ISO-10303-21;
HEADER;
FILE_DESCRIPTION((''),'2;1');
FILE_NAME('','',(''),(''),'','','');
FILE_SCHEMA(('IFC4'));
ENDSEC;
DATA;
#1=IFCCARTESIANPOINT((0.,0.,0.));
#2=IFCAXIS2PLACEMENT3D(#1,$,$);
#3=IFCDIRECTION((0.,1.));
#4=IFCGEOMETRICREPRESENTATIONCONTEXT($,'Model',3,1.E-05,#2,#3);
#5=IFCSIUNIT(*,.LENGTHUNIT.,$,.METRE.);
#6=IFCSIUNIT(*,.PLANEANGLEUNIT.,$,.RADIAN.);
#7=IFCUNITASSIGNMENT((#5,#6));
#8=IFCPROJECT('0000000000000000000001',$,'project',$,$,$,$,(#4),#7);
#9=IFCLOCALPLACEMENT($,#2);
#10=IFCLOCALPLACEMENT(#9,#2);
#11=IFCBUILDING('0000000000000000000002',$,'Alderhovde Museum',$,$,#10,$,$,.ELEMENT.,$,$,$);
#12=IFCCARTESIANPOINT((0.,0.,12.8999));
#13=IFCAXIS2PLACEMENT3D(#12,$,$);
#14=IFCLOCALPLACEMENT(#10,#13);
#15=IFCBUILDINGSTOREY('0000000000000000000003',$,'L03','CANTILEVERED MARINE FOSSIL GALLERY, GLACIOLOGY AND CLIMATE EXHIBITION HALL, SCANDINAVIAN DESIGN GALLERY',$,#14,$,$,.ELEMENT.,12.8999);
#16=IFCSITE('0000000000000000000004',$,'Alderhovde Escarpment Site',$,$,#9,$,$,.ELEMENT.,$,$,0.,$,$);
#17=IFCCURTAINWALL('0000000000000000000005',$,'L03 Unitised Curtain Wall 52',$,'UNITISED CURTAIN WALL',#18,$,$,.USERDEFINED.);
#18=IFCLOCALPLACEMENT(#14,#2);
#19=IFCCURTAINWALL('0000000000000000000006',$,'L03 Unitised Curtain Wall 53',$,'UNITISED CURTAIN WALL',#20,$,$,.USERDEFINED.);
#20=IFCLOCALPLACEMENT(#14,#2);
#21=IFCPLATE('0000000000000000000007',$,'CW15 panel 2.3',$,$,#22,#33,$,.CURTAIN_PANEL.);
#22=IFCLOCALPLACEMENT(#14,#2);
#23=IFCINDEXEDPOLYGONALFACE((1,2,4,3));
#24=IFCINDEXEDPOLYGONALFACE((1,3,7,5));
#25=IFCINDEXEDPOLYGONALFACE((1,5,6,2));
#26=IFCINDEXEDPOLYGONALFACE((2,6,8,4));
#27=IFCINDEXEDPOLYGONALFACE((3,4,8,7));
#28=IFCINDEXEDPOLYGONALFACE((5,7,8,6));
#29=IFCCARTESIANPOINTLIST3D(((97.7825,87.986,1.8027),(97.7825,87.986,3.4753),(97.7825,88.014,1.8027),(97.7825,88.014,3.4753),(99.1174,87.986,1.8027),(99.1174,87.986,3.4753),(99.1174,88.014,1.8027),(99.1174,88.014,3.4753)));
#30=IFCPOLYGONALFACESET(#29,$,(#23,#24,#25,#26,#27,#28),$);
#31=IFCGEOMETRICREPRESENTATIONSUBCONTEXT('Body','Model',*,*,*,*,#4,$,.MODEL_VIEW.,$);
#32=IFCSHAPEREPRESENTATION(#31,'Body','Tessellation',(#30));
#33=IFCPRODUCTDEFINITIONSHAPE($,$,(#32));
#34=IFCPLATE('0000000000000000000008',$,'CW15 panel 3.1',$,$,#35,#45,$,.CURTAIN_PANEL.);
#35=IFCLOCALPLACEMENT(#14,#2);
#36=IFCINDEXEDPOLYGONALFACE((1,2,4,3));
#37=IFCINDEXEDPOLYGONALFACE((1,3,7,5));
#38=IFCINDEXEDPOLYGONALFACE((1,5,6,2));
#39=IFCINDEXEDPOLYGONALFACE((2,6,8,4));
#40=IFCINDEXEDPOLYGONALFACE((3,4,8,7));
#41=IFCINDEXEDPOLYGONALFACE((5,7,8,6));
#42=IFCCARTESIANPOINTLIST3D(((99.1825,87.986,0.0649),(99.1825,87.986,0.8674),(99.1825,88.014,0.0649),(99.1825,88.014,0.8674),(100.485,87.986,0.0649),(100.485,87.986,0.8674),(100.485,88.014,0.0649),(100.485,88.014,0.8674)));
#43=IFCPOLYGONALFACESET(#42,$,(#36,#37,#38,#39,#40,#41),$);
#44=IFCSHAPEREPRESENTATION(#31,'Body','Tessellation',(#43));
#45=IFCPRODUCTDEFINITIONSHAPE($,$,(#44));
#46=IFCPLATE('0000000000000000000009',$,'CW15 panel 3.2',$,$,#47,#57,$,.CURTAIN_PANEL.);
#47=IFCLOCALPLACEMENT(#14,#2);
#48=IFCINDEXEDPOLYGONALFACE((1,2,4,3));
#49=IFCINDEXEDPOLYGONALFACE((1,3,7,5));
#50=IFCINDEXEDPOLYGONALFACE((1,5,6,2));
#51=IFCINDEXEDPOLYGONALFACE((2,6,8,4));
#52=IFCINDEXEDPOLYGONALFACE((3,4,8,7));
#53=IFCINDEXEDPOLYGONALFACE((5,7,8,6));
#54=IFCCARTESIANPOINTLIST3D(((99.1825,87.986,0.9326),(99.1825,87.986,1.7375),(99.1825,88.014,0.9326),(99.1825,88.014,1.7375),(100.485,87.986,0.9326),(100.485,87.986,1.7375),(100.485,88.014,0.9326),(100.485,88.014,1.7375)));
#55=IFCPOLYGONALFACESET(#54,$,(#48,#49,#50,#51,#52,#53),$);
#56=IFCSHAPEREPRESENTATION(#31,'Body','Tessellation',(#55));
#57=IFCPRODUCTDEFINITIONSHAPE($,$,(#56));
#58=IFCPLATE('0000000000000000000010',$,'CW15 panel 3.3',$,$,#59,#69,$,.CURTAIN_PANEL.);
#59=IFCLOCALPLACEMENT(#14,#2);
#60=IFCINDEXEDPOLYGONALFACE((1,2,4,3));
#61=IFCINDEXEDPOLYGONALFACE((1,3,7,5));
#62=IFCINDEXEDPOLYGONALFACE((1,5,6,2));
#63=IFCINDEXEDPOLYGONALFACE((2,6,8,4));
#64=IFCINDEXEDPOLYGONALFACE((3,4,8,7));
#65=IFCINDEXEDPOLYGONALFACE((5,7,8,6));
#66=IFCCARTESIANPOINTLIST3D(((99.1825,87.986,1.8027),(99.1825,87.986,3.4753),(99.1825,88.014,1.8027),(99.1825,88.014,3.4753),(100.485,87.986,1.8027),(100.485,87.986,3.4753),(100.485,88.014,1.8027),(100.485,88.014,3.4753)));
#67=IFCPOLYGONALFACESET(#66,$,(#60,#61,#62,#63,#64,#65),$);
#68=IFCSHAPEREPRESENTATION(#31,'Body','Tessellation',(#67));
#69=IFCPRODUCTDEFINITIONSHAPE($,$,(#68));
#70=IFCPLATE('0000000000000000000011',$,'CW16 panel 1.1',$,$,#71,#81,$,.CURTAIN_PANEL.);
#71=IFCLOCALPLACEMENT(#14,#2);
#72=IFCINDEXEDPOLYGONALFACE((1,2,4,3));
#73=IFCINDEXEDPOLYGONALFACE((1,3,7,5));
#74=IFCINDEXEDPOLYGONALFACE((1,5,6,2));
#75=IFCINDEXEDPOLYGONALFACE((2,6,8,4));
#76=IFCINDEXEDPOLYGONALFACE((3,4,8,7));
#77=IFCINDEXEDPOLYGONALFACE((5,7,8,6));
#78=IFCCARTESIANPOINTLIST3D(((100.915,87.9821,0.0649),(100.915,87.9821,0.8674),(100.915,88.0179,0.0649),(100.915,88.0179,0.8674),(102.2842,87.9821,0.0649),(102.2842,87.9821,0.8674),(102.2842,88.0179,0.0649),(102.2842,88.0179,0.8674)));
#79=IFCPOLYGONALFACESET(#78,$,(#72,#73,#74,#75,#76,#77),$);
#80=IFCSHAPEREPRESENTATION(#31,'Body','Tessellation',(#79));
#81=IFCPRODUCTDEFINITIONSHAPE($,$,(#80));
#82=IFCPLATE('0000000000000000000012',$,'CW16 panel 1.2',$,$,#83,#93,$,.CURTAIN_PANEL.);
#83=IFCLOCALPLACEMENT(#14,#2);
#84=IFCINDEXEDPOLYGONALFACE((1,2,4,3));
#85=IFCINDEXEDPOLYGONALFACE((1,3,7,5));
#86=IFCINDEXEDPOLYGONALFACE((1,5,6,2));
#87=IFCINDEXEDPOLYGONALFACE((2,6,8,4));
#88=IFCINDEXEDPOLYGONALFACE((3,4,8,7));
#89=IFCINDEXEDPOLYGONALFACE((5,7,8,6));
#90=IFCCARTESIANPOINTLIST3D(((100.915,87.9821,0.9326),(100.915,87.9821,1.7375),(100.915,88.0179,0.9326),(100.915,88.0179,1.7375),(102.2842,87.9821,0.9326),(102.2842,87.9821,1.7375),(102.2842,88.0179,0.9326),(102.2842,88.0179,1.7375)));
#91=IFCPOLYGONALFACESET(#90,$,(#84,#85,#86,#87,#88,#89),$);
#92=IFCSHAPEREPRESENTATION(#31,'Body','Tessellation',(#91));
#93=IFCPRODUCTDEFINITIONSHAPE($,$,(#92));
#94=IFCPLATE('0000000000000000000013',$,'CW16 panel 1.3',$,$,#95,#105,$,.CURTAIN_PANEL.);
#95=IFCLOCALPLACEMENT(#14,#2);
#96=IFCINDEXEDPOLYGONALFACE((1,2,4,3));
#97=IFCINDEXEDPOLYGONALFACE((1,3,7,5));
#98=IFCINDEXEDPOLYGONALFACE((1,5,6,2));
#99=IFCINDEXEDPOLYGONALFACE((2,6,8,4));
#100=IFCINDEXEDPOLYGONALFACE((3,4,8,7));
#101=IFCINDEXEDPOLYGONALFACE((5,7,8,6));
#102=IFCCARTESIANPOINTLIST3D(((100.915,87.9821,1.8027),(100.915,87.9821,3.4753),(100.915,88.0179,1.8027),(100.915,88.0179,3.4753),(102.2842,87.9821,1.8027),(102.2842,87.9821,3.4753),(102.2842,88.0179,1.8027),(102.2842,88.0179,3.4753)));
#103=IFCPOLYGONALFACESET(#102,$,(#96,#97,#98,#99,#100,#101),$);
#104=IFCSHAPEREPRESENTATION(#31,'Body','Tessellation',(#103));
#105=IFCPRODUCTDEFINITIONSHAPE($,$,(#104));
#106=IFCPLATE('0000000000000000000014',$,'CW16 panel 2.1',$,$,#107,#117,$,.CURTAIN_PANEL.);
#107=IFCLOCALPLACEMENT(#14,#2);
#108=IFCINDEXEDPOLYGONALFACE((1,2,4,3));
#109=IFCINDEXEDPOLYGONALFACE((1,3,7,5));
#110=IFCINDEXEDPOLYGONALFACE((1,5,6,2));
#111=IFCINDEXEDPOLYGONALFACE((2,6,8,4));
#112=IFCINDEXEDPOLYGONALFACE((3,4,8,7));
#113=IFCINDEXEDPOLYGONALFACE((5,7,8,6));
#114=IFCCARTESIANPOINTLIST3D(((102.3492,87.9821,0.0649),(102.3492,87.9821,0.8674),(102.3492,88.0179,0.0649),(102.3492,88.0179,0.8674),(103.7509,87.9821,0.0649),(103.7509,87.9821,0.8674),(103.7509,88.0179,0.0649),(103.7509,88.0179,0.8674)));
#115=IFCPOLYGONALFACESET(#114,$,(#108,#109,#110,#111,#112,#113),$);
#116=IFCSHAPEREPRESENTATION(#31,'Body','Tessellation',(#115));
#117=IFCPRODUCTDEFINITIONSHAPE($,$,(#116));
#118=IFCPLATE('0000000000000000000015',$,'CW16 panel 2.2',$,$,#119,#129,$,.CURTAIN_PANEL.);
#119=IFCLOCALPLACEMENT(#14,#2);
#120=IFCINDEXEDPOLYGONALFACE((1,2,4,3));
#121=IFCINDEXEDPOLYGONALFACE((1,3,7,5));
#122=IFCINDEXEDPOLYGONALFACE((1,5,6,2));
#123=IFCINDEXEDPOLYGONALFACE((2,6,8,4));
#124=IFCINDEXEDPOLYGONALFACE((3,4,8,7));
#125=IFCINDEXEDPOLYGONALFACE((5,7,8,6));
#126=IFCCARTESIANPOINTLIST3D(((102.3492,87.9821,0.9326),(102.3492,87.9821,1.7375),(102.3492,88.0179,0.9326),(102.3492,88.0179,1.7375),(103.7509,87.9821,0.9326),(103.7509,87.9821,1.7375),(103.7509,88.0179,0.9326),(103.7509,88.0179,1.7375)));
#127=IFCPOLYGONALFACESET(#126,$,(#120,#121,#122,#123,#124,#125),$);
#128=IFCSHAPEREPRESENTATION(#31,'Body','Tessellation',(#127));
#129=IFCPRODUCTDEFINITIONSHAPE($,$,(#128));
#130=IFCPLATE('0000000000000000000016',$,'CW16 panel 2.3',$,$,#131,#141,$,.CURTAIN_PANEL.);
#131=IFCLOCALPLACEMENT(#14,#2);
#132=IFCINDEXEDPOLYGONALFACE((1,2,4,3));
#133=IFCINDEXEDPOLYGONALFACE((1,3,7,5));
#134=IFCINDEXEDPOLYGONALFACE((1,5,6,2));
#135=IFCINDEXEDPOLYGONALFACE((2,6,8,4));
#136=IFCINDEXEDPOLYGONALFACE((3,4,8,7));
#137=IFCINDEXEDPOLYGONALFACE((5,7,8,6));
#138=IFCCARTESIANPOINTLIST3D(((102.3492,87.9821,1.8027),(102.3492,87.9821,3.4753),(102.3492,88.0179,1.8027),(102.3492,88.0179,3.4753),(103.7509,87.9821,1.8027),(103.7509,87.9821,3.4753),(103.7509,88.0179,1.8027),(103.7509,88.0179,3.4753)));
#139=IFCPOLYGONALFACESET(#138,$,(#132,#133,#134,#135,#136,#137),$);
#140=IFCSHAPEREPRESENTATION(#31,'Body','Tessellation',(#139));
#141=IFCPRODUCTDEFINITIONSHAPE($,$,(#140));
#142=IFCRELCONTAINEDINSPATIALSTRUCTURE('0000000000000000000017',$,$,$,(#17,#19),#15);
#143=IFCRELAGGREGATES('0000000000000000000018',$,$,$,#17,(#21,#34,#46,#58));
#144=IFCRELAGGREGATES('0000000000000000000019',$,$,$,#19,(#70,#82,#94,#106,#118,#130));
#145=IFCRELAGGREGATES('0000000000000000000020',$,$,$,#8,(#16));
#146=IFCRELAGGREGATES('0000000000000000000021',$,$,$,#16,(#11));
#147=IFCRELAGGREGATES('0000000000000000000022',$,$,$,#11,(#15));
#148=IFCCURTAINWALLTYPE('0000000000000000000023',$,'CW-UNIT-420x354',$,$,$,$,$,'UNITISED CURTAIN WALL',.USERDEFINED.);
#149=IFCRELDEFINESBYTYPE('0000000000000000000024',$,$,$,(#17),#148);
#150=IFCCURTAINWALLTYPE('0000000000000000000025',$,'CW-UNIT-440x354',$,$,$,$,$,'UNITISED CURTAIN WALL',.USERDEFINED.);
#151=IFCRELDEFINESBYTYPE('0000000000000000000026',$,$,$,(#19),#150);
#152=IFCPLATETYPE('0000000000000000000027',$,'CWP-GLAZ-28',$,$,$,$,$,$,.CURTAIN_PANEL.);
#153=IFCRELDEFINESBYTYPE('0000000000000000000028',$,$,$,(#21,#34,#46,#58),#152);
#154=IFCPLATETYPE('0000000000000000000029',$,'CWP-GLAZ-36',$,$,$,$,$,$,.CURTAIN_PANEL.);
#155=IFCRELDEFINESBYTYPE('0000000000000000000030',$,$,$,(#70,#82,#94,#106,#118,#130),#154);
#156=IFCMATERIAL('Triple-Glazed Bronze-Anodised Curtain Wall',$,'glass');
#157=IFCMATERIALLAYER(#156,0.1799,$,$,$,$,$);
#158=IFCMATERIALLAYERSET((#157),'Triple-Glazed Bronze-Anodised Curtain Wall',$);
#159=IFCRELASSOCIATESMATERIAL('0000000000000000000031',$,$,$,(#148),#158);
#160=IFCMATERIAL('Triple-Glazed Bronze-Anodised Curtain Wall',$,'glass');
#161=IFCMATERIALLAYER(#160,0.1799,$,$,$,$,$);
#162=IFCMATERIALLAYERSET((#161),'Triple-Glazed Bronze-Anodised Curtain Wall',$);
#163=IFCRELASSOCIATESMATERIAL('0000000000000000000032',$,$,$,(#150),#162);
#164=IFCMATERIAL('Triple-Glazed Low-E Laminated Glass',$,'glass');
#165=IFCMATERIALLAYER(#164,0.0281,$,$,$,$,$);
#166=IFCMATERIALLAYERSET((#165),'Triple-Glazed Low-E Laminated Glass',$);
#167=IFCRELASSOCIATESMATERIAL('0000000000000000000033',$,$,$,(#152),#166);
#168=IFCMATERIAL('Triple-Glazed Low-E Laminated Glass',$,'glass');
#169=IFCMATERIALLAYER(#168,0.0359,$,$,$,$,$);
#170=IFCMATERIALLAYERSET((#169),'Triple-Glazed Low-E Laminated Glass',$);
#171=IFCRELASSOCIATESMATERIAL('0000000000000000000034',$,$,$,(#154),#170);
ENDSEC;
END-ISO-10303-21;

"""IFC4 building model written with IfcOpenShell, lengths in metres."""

from ifc_helpers import new_model, si_unit, direction, frame, origin, origin_2d, place, context, subcontext, project, spatial, rectangle, extrude, material, layer, layer_set, type_object, element, aggregate, save


model = new_model("IFC4")

# Units and contexts
model_context = context("Model", 3, precision=1e-05, world=origin(), true_north=direction((0.0, 1.0)))
body_context = subcontext(model_context, "Body", "Model", "MODEL_VIEW")
ifc_project = project(units=[si_unit("LENGTHUNIT", "METRE"), si_unit("PLANEANGLEUNIT", "RADIAN")], contexts=[model_context])

# Site, building, storey
site_placement = place(None, origin())
site = spatial("IfcSite", under=ifc_project, at=site_placement, Name="Alderhovde Escarpment Site", CompositionType="ELEMENT", RefElevation=0.0)
building_placement = place(site_placement, origin())
building = spatial("IfcBuilding", under=site, at=building_placement, Name="Alderhovde Museum", CompositionType="ELEMENT")
storey_placement = place(building_placement, frame((0.0, 0.0, 12.8999)))
storey = spatial("IfcBuildingStorey", under=building, at=storey_placement, Name="L03", Description="CANTILEVERED MARINE FOSSIL GALLERY, GLACIOLOGY AND CLIMATE EXHIBITION HALL, SCANDINAVIAN DESIGN GALLERY", CompositionType="ELEMENT", Elevation=12.8999)

# Curtain walls
ifc_material_1 = material(Name="Triple-Glazed Bronze-Anodised Curtain Wall", Category="glass")
ifc_layer_1 = layer(ifc_material_1, 0.1799)
ifc_layer_set_1 = layer_set([ifc_layer_1], Name="Triple-Glazed Bronze-Anodised Curtain Wall")
curtain_wall_type_1 = type_object("IfcCurtainWallType", Name="CW-UNIT-420x354", ElementType="UNITISED CURTAIN WALL", PredefinedType="USERDEFINED", material=ifc_layer_set_1)
curtain_wall_1_placement = place(storey_placement, origin())
curtain_wall_1 = element("IfcCurtainWall", 1, at=curtain_wall_1_placement, inside=storey, type_object=curtain_wall_type_1, Name="L03 Unitised Curtain Wall 52", ObjectType="UNITISED CURTAIN WALL", PredefinedType="USERDEFINED")
ifc_material_2 = material(Name="Triple-Glazed Bronze-Anodised Curtain Wall", Category="glass")
ifc_layer_2 = layer(ifc_material_2, 0.1799)
ifc_layer_set_2 = layer_set([ifc_layer_2], Name="Triple-Glazed Bronze-Anodised Curtain Wall")
curtain_wall_type_2 = type_object("IfcCurtainWallType", Name="CW-UNIT-440x354", ElementType="UNITISED CURTAIN WALL", PredefinedType="USERDEFINED", material=ifc_layer_set_2)
curtain_wall_2_placement = place(storey_placement, origin())
curtain_wall_2 = element("IfcCurtainWall", 2, at=curtain_wall_2_placement, inside=storey, type_object=curtain_wall_type_2, Name="L03 Unitised Curtain Wall 53", ObjectType="UNITISED CURTAIN WALL", PredefinedType="USERDEFINED")

# Plates
ifc_material_3 = material(Name="Triple-Glazed Low-E Laminated Glass", Category="glass")
ifc_layer_3 = layer(ifc_material_3, 0.0281)
ifc_layer_set_3 = layer_set([ifc_layer_3], Name="Triple-Glazed Low-E Laminated Glass")
plate_type_1 = type_object("IfcPlateType", Name="CWP-GLAZ-28", PredefinedType="CURTAIN_PANEL", material=ifc_layer_set_3)
plate_1_placement = place(storey_placement, frame((98.45, 88.0, 1.8027), z_axis=(0.0, 0.0, 1.0), x_axis=(1.0, 0.0, 0.0)))
plate_1 = element("IfcPlate", 3, at=plate_1_placement, type_object=plate_type_1, Name="CW15 panel 2.3", PredefinedType="CURTAIN_PANEL", context=body_context, shape_type="SweptSolid", body=[
    extrude(rectangle(XDim=1.335, YDim=0.0281, at=origin_2d()), origin(), (0.0, 0.0, 1.0), 1.6726),
])
plate_2_placement = place(storey_placement, frame((99.8337, 88.0, 0.0649), z_axis=(0.0, 0.0, 1.0), x_axis=(1.0, 0.0, 0.0)))
plate_2 = element("IfcPlate", 4, at=plate_2_placement, type_object=plate_type_1, Name="CW15 panel 3.1", PredefinedType="CURTAIN_PANEL", context=body_context, shape_type="SweptSolid", body=[
    extrude(rectangle(XDim=1.3025, YDim=0.0281, at=origin_2d()), origin(), (0.0, 0.0, 1.0), 0.8025),
])
plate_3_placement = place(storey_placement, frame((99.8337, 88.0, 0.9326), z_axis=(0.0, 0.0, 1.0), x_axis=(1.0, 0.0, 0.0)))
plate_3 = element("IfcPlate", 5, at=plate_3_placement, type_object=plate_type_1, Name="CW15 panel 3.2", PredefinedType="CURTAIN_PANEL", context=body_context, shape_type="SweptSolid", body=[
    extrude(rectangle(XDim=1.3025, YDim=0.0281, at=origin_2d()), origin(), (0.0, 0.0, 1.0), 0.8049),
])
plate_4_placement = place(storey_placement, frame((99.8337, 88.0, 1.8027), z_axis=(0.0, 0.0, 1.0), x_axis=(1.0, 0.0, 0.0)))
plate_4 = element("IfcPlate", 6, at=plate_4_placement, type_object=plate_type_1, Name="CW15 panel 3.3", PredefinedType="CURTAIN_PANEL", context=body_context, shape_type="SweptSolid", body=[
    extrude(rectangle(XDim=1.3025, YDim=0.0281, at=origin_2d()), origin(), (0.0, 0.0, 1.0), 1.6726),
])
aggregate(curtain_wall_1, [plate_1, plate_2, plate_3, plate_4])
ifc_material_4 = material(Name="Triple-Glazed Low-E Laminated Glass", Category="glass")
ifc_layer_4 = layer(ifc_material_4, 0.0359)
ifc_layer_set_4 = layer_set([ifc_layer_4], Name="Triple-Glazed Low-E Laminated Glass")
plate_type_2 = type_object("IfcPlateType", Name="CWP-GLAZ-36", PredefinedType="CURTAIN_PANEL", material=ifc_layer_set_4)
plate_5_placement = place(storey_placement, frame((101.5996, 88.0, 0.0649), z_axis=(0.0, 0.0, 1.0), x_axis=(1.0, 0.0, 0.0)))
plate_5 = element("IfcPlate", 7, at=plate_5_placement, type_object=plate_type_2, Name="CW16 panel 1.1", PredefinedType="CURTAIN_PANEL", context=body_context, shape_type="SweptSolid", body=[
    extrude(rectangle(XDim=1.3691, YDim=0.0359, at=origin_2d()), origin(), (0.0, 0.0, 1.0), 0.8025),
])
plate_6_placement = place(storey_placement, frame((101.5996, 88.0, 0.9326), z_axis=(0.0, 0.0, 1.0), x_axis=(1.0, 0.0, 0.0)))
plate_6 = element("IfcPlate", 8, at=plate_6_placement, type_object=plate_type_2, Name="CW16 panel 1.2", PredefinedType="CURTAIN_PANEL", context=body_context, shape_type="SweptSolid", body=[
    extrude(rectangle(XDim=1.3691, YDim=0.0359, at=origin_2d()), origin(), (0.0, 0.0, 1.0), 0.8049),
])
plate_7_placement = place(storey_placement, frame((101.5996, 88.0, 1.8027), z_axis=(0.0, 0.0, 1.0), x_axis=(1.0, 0.0, 0.0)))
plate_7 = element("IfcPlate", 9, at=plate_7_placement, type_object=plate_type_2, Name="CW16 panel 1.3", PredefinedType="CURTAIN_PANEL", context=body_context, shape_type="SweptSolid", body=[
    extrude(rectangle(XDim=1.3691, YDim=0.0359, at=origin_2d()), origin(), (0.0, 0.0, 1.0), 1.6726),
])
plate_8_placement = place(storey_placement, frame((103.05, 88.0, 0.0649), z_axis=(0.0, 0.0, 1.0), x_axis=(1.0, 0.0, 0.0)))
plate_8 = element("IfcPlate", 10, at=plate_8_placement, type_object=plate_type_2, Name="CW16 panel 2.1", PredefinedType="CURTAIN_PANEL", context=body_context, shape_type="SweptSolid", body=[
    extrude(rectangle(XDim=1.4016, YDim=0.0359, at=origin_2d()), origin(), (0.0, 0.0, 1.0), 0.8025),
])
plate_9_placement = place(storey_placement, frame((103.05, 88.0, 0.9326), z_axis=(0.0, 0.0, 1.0), x_axis=(1.0, 0.0, 0.0)))
plate_9 = element("IfcPlate", 11, at=plate_9_placement, type_object=plate_type_2, Name="CW16 panel 2.2", PredefinedType="CURTAIN_PANEL", context=body_context, shape_type="SweptSolid", body=[
    extrude(rectangle(XDim=1.4016, YDim=0.0359, at=origin_2d()), origin(), (0.0, 0.0, 1.0), 0.8049),
])
plate_10_placement = place(storey_placement, frame((103.05, 88.0, 1.8027), z_axis=(0.0, 0.0, 1.0), x_axis=(1.0, 0.0, 0.0)))
plate_10 = element("IfcPlate", 12, at=plate_10_placement, type_object=plate_type_2, Name="CW16 panel 2.3", PredefinedType="CURTAIN_PANEL", context=body_context, shape_type="SweptSolid", body=[
    extrude(rectangle(XDim=1.4016, YDim=0.0359, at=origin_2d()), origin(), (0.0, 0.0, 1.0), 1.6726),
])
aggregate(curtain_wall_2, [plate_5, plate_6, plate_7, plate_8, plate_9, plate_10])

save(model, "model.ifc")
